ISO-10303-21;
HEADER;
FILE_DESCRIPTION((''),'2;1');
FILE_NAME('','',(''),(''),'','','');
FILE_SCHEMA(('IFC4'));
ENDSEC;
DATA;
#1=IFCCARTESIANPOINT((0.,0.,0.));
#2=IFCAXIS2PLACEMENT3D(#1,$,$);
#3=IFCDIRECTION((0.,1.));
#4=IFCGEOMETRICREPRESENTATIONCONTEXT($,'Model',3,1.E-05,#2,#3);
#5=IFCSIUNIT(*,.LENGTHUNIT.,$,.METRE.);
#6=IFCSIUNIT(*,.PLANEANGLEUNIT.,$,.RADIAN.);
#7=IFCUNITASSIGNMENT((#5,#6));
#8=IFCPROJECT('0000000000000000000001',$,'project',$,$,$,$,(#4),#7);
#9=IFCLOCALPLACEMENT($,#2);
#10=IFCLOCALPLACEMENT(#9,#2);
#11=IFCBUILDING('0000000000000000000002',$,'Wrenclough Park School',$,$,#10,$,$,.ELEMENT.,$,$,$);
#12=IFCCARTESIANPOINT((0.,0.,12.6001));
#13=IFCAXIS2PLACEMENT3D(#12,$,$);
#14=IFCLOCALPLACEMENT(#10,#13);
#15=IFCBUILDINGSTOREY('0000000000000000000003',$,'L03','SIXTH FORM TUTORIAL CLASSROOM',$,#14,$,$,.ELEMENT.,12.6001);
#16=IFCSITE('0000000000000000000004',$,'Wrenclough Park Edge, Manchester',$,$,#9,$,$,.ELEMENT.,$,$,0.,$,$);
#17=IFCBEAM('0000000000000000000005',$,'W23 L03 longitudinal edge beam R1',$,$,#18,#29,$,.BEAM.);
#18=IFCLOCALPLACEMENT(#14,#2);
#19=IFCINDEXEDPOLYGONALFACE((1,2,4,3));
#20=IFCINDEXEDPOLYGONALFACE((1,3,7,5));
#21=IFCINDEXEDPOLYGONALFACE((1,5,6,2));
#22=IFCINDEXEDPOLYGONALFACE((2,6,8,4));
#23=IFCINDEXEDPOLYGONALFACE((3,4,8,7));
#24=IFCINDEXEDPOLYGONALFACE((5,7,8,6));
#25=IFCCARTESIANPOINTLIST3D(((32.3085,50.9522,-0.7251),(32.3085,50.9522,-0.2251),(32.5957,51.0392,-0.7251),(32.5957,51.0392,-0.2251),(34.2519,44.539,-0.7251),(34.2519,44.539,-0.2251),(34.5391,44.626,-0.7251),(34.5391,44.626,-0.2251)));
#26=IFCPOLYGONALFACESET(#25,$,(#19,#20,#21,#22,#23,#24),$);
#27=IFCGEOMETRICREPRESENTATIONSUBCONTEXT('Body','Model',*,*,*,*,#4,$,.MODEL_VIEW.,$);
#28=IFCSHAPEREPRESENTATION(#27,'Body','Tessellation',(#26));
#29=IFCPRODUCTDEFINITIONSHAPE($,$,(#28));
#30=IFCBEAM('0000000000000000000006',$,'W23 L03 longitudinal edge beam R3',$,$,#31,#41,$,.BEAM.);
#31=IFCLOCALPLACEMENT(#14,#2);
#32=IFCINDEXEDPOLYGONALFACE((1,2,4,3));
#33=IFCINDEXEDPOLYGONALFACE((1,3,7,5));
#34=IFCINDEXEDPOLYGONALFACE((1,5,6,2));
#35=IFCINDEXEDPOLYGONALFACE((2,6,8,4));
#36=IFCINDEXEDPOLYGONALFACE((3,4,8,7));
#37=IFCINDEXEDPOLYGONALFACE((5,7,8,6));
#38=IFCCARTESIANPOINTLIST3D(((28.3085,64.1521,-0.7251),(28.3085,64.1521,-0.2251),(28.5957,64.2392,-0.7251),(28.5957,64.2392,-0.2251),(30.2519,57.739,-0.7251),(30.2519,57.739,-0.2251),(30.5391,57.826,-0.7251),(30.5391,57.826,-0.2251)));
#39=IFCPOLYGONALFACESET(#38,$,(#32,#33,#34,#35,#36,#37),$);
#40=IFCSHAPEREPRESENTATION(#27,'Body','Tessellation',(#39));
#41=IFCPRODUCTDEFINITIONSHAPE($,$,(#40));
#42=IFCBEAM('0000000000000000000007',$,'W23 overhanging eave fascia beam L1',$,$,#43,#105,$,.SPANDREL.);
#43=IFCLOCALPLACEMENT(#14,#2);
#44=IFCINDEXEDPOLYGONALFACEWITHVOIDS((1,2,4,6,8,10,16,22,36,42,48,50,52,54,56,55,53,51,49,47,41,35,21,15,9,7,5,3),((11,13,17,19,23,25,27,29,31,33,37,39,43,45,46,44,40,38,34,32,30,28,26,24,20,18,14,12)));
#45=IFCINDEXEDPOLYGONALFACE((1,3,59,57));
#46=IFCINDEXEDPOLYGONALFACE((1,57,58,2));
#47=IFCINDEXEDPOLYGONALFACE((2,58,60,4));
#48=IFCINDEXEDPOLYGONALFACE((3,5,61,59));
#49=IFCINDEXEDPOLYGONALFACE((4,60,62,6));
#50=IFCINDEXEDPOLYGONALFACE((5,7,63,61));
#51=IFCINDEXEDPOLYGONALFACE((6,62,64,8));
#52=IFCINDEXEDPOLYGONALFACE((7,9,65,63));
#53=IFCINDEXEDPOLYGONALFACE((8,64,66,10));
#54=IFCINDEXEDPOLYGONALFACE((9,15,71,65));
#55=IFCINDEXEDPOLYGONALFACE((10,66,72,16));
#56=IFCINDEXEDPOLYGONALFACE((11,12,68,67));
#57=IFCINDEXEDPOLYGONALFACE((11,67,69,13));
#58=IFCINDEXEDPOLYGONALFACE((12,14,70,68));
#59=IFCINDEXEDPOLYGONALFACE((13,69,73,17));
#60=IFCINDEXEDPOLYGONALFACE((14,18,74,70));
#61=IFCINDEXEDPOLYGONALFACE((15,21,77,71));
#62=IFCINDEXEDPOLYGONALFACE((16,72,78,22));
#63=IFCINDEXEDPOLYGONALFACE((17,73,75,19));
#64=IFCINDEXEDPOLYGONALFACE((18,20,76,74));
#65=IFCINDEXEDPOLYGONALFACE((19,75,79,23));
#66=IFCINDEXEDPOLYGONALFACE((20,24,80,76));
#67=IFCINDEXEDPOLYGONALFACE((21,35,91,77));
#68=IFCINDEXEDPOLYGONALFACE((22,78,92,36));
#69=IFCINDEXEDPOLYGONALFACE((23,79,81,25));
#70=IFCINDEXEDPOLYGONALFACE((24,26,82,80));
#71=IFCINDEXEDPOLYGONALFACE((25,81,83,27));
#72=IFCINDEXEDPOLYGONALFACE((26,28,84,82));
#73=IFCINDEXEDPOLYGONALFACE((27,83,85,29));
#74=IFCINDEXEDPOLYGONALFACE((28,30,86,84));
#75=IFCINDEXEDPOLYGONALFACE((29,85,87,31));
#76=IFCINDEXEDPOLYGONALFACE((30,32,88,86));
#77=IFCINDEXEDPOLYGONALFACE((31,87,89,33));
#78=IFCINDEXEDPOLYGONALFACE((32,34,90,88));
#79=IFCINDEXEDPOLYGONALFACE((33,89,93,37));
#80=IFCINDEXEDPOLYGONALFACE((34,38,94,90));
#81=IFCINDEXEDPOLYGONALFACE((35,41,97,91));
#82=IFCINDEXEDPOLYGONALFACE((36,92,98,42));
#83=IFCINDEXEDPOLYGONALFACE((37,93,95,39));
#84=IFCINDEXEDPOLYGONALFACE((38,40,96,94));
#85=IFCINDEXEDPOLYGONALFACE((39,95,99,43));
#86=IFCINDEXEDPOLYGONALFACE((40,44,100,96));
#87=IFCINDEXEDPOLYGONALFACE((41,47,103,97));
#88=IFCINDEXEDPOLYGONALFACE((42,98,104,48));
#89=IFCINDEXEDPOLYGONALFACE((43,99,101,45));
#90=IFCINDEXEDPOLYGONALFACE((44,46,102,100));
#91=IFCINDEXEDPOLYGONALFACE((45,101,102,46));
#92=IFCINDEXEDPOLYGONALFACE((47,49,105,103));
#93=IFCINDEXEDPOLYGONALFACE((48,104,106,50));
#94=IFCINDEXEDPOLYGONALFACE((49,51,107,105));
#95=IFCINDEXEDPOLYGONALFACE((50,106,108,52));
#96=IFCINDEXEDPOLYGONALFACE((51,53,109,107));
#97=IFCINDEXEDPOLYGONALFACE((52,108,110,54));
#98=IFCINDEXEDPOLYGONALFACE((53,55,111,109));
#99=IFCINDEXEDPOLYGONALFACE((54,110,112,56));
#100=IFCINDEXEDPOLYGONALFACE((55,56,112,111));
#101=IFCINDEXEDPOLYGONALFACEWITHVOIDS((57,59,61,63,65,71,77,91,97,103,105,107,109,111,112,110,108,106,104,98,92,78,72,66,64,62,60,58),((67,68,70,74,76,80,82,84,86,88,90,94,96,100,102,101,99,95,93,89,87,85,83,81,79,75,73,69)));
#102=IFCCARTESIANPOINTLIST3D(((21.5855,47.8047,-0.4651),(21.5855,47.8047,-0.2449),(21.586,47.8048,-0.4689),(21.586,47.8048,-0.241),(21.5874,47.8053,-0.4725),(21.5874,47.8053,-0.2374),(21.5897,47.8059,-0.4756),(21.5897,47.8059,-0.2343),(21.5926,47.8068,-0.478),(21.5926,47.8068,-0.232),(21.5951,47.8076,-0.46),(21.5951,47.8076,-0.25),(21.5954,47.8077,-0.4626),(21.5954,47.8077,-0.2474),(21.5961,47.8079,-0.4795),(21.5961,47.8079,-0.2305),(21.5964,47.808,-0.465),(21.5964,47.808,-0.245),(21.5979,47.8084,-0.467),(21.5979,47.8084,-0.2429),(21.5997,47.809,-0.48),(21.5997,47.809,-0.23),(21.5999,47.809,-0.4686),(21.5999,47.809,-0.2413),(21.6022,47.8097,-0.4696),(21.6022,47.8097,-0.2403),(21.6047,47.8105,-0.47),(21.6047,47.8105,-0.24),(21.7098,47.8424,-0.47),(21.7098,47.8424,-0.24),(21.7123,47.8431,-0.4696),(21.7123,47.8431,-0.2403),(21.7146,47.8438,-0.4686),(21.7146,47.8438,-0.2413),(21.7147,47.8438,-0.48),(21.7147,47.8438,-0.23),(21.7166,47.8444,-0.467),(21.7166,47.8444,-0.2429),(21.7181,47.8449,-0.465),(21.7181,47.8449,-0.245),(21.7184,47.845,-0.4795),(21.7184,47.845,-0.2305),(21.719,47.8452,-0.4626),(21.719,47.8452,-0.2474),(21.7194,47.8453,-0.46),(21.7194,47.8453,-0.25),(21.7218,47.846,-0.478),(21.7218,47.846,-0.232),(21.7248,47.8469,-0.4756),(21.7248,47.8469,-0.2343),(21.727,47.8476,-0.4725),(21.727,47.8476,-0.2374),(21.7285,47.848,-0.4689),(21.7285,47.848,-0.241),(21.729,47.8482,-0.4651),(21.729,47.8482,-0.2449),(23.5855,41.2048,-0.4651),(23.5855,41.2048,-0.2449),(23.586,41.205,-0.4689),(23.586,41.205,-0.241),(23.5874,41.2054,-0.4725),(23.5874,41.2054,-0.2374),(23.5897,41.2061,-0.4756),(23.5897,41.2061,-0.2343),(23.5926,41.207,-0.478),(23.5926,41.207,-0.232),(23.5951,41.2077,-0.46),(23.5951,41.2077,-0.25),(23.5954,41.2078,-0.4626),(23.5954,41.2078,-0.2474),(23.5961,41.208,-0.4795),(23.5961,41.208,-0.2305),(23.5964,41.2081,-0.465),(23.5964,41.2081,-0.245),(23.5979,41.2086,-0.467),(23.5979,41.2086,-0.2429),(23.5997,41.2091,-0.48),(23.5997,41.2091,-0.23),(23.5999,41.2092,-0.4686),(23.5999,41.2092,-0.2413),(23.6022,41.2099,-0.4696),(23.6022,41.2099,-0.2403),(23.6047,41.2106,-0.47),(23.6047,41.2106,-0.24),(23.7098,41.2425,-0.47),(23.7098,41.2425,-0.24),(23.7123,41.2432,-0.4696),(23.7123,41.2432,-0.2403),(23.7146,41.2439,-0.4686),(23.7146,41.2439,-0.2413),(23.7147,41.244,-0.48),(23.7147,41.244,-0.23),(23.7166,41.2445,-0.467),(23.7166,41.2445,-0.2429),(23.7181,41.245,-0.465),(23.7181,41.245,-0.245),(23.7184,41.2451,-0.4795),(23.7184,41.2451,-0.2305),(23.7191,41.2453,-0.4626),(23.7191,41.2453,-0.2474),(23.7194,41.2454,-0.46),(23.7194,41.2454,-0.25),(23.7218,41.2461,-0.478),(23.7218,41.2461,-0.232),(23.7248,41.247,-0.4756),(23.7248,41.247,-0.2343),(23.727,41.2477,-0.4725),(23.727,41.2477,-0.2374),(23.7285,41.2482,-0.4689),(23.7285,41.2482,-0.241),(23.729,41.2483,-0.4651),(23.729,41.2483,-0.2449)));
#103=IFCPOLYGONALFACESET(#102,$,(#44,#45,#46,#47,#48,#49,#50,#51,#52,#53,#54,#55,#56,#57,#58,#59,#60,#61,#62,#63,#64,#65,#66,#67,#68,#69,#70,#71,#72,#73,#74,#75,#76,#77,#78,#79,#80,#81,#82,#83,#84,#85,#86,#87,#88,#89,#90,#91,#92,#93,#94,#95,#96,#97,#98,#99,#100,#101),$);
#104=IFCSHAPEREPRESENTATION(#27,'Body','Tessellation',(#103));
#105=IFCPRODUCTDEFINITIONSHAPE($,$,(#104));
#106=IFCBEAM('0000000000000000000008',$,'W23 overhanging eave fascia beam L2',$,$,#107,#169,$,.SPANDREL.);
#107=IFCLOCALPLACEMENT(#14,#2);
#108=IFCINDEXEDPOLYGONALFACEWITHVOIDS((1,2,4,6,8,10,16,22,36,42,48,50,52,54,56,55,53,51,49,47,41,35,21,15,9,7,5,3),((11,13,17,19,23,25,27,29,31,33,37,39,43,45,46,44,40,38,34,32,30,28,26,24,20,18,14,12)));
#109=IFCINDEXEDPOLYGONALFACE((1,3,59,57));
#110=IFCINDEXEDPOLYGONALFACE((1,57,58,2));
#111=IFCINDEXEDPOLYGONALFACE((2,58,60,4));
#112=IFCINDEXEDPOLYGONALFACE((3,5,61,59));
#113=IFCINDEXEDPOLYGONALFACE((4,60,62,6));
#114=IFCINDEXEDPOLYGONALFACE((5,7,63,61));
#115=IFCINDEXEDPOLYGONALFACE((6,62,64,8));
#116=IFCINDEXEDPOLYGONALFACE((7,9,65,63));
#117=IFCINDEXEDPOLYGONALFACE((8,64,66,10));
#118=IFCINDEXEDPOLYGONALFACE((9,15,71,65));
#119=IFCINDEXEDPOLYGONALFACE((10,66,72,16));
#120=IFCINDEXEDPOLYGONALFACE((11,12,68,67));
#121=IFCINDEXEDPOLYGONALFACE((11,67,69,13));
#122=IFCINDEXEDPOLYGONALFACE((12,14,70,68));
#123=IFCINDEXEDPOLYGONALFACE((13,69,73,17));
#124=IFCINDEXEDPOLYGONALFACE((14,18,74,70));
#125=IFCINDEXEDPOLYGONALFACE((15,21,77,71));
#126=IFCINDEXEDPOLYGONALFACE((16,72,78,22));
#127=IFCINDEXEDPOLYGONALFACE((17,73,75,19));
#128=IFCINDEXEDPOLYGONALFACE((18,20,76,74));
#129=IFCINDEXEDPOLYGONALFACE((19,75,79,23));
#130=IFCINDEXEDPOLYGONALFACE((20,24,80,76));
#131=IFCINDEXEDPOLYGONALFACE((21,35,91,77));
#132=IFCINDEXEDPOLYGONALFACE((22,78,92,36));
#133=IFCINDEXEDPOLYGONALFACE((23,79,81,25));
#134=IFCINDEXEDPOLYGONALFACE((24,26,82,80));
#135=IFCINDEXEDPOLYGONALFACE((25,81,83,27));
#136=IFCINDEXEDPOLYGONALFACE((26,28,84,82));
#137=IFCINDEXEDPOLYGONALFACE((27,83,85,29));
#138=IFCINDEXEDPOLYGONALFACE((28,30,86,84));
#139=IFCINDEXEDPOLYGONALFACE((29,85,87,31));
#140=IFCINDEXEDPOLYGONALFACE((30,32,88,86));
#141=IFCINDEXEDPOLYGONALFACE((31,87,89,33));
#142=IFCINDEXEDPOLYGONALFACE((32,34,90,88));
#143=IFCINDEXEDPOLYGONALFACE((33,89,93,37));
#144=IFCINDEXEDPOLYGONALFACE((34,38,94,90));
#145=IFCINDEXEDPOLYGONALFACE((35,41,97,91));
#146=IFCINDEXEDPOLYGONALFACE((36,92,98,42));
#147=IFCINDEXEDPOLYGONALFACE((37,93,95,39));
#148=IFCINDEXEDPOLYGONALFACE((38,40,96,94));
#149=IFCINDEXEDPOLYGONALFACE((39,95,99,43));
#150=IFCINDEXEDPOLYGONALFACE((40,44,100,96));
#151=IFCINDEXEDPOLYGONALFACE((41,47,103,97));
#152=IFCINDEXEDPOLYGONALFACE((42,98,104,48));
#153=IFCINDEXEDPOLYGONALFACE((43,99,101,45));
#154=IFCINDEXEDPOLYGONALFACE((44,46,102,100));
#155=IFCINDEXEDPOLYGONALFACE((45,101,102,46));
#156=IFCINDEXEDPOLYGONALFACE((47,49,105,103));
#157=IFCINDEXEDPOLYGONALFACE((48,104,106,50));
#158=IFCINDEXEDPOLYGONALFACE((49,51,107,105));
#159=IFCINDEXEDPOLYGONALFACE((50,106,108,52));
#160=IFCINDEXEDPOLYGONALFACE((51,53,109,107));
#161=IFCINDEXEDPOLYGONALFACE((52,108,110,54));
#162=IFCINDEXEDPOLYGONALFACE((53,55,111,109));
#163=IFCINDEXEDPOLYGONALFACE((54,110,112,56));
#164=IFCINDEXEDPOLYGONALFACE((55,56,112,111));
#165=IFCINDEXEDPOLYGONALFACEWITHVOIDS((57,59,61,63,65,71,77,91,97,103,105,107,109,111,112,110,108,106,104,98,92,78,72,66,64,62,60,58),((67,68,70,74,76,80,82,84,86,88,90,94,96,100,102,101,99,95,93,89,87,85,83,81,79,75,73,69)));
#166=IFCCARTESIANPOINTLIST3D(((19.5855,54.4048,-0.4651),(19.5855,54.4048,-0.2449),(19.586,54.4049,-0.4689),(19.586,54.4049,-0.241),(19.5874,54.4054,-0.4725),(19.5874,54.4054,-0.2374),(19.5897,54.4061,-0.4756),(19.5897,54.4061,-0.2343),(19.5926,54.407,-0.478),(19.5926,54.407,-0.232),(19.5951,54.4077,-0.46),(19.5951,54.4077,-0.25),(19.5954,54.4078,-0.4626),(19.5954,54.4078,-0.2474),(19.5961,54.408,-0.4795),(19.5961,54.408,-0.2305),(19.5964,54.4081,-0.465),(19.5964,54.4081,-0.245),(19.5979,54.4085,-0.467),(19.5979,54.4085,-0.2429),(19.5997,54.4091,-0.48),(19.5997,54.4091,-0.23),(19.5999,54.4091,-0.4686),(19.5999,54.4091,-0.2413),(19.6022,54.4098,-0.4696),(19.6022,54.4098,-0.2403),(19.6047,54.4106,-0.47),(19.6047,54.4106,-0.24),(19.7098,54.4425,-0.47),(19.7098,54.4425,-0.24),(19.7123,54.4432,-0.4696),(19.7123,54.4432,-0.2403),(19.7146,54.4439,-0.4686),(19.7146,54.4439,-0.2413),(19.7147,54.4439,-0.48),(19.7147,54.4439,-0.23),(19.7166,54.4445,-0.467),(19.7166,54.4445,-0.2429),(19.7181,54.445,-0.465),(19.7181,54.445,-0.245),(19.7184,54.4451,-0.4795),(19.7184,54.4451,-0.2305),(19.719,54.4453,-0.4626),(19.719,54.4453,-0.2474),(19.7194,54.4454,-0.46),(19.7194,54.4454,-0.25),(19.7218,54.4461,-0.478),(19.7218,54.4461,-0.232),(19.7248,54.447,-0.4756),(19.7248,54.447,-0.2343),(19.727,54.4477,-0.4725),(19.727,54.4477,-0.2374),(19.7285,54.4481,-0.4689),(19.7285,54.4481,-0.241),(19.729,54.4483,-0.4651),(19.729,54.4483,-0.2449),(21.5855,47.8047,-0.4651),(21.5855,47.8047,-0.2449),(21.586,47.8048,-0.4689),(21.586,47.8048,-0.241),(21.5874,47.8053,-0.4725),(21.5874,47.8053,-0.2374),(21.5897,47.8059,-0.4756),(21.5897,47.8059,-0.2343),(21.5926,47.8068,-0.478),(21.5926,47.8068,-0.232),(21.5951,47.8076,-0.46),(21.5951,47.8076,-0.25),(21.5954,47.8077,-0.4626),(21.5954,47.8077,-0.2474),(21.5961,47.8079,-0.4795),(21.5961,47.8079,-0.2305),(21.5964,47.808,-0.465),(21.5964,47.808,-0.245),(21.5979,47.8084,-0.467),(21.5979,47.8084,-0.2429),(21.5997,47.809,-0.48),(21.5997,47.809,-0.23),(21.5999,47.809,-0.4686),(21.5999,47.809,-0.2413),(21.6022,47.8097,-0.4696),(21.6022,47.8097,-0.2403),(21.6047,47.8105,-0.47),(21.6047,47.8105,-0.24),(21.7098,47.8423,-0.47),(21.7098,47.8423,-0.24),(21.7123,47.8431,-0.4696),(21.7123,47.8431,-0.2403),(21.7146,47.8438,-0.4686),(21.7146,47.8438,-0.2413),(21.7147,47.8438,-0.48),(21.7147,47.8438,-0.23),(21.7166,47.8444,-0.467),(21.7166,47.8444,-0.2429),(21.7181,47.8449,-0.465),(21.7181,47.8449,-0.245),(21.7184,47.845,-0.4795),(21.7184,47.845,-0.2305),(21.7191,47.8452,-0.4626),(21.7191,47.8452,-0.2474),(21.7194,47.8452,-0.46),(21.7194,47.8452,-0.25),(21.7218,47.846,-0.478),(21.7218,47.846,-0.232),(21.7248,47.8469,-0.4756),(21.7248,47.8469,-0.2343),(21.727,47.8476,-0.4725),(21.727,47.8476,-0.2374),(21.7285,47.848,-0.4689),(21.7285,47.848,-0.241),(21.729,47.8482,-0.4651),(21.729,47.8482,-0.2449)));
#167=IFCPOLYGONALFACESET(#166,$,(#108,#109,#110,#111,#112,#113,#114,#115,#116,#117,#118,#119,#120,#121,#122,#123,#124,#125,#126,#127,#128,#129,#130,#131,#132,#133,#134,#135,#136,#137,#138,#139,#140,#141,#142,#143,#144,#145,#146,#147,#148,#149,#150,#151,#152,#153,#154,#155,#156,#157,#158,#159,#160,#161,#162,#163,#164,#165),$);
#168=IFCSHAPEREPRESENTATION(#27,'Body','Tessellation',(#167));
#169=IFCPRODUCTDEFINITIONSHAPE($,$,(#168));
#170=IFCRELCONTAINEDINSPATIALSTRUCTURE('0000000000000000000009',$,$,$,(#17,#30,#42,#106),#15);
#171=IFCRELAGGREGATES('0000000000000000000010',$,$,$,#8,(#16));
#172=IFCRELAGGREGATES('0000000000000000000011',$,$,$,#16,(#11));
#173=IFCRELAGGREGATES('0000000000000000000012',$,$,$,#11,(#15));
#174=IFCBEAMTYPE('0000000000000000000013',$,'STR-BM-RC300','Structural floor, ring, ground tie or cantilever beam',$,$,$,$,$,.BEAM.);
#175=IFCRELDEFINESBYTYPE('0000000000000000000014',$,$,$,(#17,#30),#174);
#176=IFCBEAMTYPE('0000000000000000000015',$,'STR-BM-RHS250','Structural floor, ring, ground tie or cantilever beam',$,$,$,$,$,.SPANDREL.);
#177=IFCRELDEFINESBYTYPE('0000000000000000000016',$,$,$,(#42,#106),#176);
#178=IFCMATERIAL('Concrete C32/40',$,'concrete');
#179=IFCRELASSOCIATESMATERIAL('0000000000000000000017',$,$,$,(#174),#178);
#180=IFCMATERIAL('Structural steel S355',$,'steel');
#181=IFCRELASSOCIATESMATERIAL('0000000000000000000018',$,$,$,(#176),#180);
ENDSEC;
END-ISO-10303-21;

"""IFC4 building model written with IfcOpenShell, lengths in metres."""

from ifc_helpers import new_model, si_unit, direction, frame, origin, origin_2d, place, context, subcontext, project, spatial, rectangle, hollow_rectangle, extrude, material, material_profile, profile_set, type_object, element, save


model = new_model("IFC4")

# Units and contexts
model_context = context("Model", 3, precision=1e-05, world=origin(), true_north=direction((0.0, 1.0)))
body_context = subcontext(model_context, "Body", "Model", "MODEL_VIEW")
ifc_project = project(units=[si_unit("LENGTHUNIT", "METRE"), si_unit("PLANEANGLEUNIT", "RADIAN")], contexts=[model_context])

# Site, building, storey
site_placement = place(None, origin())
site = spatial("IfcSite", under=ifc_project, at=site_placement, Name="Wrenclough Park Edge, Manchester", CompositionType="ELEMENT", RefElevation=0.0)
building_placement = place(site_placement, origin())
building = spatial("IfcBuilding", under=site, at=building_placement, Name="Wrenclough Park School", CompositionType="ELEMENT")
storey_placement = place(building_placement, frame((0.0, 0.0, 12.6001)))
storey = spatial("IfcBuildingStorey", under=building, at=storey_placement, Name="L03", Description="SIXTH FORM TUTORIAL CLASSROOM", CompositionType="ELEMENT", Elevation=12.6001)

# Beams
ifc_material_1 = material(Name="Concrete C32/40", Category="concrete")
ifc_material_profile_1 = material_profile(ifc_material_1, rectangle(XDim=0.3, YDim=0.5, at=origin_2d()), Name="RC BEAM 300x500")
ifc_profile_set_1 = profile_set([ifc_material_profile_1], Name="Concrete C32/40")
beam_type_1 = type_object("IfcBeamType", Name="STR-BM-RC300", Description="Structural floor, ring, ground tie or cantilever beam", PredefinedType="BEAM", material=ifc_profile_set_1)
for number, where, z_axis, x_axis, name in (
    (1, (34.3955, 44.5825, -0.4751), (-0.290007, 0.957024, 0.0), (-0.957024, -0.290007, 0.0), "W23 L03 longitudinal edge beam R1"),
    (2, (30.3955, 57.7825, -0.4751), (-0.290007, 0.957024, 0.0), (-0.957024, -0.290007, 0.0), "W23 L03 longitudinal edge beam R3"),
):
    element("IfcBeam", number, at=place(storey_placement, frame(where, z_axis=z_axis, x_axis=x_axis)), inside=storey, type_object=beam_type_1, Name=name, PredefinedType="BEAM", context=body_context, shape_type="SweptSolid", body=[
        extrude(rectangle(XDim=0.3, YDim=0.5, at=origin_2d()), origin(), (0.0, 0.0, 1.0), 6.7012),
    ])
ifc_material_2 = material(Name="Structural steel S355", Category="steel")
ifc_material_profile_2 = material_profile(ifc_material_2, hollow_rectangle(XDim=0.1499, YDim=0.25, WallThickness=0.01, InnerFilletRadius=0.01, OuterFilletRadius=0.0149, at=origin_2d()), Name="RHS 250x150x10.0")
ifc_profile_set_2 = profile_set([ifc_material_profile_2], Name="Structural steel S355")
beam_type_2 = type_object("IfcBeamType", Name="STR-BM-RHS250", Description="Structural floor, ring, ground tie or cantilever beam", PredefinedType="SPANDREL", material=ifc_profile_set_2)
beam_1_placement = place(storey_placement, frame((23.6572, 41.2266, -0.355), z_axis=(-0.290013, 0.957023, 0.0), x_axis=(-0.957023, -0.290013, 0.0)))
element("IfcBeam", 3, at=beam_1_placement, inside=storey, type_object=beam_type_2, Name="W23 overhanging eave fascia beam L1", PredefinedType="SPANDREL", context=body_context, shape_type="SweptSolid", body=[
    extrude(hollow_rectangle(XDim=0.1499, YDim=0.25, WallThickness=0.01, InnerFilletRadius=0.01, OuterFilletRadius=0.0149, at=origin_2d()), origin(), (0.0, 0.0, 1.0), 6.8962),
])
for number, where, z_axis, x_axis, name in (
    (4, (21.6572, 47.8264, -0.355), (-0.290003, 0.957026, 0.0), (-0.957026, -0.290003, 0.0), "W23 overhanging eave fascia beam L2"),
):
    element("IfcBeam", number, at=place(storey_placement, frame(where, z_axis=z_axis, x_axis=x_axis)), inside=storey, type_object=beam_type_2, Name=name, PredefinedType="SPANDREL", context=body_context, shape_type="SweptSolid", body=[
        extrude(hollow_rectangle(XDim=0.1499, YDim=0.25, WallThickness=0.01, InnerFilletRadius=0.01, OuterFilletRadius=0.0149, at=origin_2d()), origin(), (0.0, 0.0, 1.0), 6.8965),
    ])

save(model, "model.ifc")
